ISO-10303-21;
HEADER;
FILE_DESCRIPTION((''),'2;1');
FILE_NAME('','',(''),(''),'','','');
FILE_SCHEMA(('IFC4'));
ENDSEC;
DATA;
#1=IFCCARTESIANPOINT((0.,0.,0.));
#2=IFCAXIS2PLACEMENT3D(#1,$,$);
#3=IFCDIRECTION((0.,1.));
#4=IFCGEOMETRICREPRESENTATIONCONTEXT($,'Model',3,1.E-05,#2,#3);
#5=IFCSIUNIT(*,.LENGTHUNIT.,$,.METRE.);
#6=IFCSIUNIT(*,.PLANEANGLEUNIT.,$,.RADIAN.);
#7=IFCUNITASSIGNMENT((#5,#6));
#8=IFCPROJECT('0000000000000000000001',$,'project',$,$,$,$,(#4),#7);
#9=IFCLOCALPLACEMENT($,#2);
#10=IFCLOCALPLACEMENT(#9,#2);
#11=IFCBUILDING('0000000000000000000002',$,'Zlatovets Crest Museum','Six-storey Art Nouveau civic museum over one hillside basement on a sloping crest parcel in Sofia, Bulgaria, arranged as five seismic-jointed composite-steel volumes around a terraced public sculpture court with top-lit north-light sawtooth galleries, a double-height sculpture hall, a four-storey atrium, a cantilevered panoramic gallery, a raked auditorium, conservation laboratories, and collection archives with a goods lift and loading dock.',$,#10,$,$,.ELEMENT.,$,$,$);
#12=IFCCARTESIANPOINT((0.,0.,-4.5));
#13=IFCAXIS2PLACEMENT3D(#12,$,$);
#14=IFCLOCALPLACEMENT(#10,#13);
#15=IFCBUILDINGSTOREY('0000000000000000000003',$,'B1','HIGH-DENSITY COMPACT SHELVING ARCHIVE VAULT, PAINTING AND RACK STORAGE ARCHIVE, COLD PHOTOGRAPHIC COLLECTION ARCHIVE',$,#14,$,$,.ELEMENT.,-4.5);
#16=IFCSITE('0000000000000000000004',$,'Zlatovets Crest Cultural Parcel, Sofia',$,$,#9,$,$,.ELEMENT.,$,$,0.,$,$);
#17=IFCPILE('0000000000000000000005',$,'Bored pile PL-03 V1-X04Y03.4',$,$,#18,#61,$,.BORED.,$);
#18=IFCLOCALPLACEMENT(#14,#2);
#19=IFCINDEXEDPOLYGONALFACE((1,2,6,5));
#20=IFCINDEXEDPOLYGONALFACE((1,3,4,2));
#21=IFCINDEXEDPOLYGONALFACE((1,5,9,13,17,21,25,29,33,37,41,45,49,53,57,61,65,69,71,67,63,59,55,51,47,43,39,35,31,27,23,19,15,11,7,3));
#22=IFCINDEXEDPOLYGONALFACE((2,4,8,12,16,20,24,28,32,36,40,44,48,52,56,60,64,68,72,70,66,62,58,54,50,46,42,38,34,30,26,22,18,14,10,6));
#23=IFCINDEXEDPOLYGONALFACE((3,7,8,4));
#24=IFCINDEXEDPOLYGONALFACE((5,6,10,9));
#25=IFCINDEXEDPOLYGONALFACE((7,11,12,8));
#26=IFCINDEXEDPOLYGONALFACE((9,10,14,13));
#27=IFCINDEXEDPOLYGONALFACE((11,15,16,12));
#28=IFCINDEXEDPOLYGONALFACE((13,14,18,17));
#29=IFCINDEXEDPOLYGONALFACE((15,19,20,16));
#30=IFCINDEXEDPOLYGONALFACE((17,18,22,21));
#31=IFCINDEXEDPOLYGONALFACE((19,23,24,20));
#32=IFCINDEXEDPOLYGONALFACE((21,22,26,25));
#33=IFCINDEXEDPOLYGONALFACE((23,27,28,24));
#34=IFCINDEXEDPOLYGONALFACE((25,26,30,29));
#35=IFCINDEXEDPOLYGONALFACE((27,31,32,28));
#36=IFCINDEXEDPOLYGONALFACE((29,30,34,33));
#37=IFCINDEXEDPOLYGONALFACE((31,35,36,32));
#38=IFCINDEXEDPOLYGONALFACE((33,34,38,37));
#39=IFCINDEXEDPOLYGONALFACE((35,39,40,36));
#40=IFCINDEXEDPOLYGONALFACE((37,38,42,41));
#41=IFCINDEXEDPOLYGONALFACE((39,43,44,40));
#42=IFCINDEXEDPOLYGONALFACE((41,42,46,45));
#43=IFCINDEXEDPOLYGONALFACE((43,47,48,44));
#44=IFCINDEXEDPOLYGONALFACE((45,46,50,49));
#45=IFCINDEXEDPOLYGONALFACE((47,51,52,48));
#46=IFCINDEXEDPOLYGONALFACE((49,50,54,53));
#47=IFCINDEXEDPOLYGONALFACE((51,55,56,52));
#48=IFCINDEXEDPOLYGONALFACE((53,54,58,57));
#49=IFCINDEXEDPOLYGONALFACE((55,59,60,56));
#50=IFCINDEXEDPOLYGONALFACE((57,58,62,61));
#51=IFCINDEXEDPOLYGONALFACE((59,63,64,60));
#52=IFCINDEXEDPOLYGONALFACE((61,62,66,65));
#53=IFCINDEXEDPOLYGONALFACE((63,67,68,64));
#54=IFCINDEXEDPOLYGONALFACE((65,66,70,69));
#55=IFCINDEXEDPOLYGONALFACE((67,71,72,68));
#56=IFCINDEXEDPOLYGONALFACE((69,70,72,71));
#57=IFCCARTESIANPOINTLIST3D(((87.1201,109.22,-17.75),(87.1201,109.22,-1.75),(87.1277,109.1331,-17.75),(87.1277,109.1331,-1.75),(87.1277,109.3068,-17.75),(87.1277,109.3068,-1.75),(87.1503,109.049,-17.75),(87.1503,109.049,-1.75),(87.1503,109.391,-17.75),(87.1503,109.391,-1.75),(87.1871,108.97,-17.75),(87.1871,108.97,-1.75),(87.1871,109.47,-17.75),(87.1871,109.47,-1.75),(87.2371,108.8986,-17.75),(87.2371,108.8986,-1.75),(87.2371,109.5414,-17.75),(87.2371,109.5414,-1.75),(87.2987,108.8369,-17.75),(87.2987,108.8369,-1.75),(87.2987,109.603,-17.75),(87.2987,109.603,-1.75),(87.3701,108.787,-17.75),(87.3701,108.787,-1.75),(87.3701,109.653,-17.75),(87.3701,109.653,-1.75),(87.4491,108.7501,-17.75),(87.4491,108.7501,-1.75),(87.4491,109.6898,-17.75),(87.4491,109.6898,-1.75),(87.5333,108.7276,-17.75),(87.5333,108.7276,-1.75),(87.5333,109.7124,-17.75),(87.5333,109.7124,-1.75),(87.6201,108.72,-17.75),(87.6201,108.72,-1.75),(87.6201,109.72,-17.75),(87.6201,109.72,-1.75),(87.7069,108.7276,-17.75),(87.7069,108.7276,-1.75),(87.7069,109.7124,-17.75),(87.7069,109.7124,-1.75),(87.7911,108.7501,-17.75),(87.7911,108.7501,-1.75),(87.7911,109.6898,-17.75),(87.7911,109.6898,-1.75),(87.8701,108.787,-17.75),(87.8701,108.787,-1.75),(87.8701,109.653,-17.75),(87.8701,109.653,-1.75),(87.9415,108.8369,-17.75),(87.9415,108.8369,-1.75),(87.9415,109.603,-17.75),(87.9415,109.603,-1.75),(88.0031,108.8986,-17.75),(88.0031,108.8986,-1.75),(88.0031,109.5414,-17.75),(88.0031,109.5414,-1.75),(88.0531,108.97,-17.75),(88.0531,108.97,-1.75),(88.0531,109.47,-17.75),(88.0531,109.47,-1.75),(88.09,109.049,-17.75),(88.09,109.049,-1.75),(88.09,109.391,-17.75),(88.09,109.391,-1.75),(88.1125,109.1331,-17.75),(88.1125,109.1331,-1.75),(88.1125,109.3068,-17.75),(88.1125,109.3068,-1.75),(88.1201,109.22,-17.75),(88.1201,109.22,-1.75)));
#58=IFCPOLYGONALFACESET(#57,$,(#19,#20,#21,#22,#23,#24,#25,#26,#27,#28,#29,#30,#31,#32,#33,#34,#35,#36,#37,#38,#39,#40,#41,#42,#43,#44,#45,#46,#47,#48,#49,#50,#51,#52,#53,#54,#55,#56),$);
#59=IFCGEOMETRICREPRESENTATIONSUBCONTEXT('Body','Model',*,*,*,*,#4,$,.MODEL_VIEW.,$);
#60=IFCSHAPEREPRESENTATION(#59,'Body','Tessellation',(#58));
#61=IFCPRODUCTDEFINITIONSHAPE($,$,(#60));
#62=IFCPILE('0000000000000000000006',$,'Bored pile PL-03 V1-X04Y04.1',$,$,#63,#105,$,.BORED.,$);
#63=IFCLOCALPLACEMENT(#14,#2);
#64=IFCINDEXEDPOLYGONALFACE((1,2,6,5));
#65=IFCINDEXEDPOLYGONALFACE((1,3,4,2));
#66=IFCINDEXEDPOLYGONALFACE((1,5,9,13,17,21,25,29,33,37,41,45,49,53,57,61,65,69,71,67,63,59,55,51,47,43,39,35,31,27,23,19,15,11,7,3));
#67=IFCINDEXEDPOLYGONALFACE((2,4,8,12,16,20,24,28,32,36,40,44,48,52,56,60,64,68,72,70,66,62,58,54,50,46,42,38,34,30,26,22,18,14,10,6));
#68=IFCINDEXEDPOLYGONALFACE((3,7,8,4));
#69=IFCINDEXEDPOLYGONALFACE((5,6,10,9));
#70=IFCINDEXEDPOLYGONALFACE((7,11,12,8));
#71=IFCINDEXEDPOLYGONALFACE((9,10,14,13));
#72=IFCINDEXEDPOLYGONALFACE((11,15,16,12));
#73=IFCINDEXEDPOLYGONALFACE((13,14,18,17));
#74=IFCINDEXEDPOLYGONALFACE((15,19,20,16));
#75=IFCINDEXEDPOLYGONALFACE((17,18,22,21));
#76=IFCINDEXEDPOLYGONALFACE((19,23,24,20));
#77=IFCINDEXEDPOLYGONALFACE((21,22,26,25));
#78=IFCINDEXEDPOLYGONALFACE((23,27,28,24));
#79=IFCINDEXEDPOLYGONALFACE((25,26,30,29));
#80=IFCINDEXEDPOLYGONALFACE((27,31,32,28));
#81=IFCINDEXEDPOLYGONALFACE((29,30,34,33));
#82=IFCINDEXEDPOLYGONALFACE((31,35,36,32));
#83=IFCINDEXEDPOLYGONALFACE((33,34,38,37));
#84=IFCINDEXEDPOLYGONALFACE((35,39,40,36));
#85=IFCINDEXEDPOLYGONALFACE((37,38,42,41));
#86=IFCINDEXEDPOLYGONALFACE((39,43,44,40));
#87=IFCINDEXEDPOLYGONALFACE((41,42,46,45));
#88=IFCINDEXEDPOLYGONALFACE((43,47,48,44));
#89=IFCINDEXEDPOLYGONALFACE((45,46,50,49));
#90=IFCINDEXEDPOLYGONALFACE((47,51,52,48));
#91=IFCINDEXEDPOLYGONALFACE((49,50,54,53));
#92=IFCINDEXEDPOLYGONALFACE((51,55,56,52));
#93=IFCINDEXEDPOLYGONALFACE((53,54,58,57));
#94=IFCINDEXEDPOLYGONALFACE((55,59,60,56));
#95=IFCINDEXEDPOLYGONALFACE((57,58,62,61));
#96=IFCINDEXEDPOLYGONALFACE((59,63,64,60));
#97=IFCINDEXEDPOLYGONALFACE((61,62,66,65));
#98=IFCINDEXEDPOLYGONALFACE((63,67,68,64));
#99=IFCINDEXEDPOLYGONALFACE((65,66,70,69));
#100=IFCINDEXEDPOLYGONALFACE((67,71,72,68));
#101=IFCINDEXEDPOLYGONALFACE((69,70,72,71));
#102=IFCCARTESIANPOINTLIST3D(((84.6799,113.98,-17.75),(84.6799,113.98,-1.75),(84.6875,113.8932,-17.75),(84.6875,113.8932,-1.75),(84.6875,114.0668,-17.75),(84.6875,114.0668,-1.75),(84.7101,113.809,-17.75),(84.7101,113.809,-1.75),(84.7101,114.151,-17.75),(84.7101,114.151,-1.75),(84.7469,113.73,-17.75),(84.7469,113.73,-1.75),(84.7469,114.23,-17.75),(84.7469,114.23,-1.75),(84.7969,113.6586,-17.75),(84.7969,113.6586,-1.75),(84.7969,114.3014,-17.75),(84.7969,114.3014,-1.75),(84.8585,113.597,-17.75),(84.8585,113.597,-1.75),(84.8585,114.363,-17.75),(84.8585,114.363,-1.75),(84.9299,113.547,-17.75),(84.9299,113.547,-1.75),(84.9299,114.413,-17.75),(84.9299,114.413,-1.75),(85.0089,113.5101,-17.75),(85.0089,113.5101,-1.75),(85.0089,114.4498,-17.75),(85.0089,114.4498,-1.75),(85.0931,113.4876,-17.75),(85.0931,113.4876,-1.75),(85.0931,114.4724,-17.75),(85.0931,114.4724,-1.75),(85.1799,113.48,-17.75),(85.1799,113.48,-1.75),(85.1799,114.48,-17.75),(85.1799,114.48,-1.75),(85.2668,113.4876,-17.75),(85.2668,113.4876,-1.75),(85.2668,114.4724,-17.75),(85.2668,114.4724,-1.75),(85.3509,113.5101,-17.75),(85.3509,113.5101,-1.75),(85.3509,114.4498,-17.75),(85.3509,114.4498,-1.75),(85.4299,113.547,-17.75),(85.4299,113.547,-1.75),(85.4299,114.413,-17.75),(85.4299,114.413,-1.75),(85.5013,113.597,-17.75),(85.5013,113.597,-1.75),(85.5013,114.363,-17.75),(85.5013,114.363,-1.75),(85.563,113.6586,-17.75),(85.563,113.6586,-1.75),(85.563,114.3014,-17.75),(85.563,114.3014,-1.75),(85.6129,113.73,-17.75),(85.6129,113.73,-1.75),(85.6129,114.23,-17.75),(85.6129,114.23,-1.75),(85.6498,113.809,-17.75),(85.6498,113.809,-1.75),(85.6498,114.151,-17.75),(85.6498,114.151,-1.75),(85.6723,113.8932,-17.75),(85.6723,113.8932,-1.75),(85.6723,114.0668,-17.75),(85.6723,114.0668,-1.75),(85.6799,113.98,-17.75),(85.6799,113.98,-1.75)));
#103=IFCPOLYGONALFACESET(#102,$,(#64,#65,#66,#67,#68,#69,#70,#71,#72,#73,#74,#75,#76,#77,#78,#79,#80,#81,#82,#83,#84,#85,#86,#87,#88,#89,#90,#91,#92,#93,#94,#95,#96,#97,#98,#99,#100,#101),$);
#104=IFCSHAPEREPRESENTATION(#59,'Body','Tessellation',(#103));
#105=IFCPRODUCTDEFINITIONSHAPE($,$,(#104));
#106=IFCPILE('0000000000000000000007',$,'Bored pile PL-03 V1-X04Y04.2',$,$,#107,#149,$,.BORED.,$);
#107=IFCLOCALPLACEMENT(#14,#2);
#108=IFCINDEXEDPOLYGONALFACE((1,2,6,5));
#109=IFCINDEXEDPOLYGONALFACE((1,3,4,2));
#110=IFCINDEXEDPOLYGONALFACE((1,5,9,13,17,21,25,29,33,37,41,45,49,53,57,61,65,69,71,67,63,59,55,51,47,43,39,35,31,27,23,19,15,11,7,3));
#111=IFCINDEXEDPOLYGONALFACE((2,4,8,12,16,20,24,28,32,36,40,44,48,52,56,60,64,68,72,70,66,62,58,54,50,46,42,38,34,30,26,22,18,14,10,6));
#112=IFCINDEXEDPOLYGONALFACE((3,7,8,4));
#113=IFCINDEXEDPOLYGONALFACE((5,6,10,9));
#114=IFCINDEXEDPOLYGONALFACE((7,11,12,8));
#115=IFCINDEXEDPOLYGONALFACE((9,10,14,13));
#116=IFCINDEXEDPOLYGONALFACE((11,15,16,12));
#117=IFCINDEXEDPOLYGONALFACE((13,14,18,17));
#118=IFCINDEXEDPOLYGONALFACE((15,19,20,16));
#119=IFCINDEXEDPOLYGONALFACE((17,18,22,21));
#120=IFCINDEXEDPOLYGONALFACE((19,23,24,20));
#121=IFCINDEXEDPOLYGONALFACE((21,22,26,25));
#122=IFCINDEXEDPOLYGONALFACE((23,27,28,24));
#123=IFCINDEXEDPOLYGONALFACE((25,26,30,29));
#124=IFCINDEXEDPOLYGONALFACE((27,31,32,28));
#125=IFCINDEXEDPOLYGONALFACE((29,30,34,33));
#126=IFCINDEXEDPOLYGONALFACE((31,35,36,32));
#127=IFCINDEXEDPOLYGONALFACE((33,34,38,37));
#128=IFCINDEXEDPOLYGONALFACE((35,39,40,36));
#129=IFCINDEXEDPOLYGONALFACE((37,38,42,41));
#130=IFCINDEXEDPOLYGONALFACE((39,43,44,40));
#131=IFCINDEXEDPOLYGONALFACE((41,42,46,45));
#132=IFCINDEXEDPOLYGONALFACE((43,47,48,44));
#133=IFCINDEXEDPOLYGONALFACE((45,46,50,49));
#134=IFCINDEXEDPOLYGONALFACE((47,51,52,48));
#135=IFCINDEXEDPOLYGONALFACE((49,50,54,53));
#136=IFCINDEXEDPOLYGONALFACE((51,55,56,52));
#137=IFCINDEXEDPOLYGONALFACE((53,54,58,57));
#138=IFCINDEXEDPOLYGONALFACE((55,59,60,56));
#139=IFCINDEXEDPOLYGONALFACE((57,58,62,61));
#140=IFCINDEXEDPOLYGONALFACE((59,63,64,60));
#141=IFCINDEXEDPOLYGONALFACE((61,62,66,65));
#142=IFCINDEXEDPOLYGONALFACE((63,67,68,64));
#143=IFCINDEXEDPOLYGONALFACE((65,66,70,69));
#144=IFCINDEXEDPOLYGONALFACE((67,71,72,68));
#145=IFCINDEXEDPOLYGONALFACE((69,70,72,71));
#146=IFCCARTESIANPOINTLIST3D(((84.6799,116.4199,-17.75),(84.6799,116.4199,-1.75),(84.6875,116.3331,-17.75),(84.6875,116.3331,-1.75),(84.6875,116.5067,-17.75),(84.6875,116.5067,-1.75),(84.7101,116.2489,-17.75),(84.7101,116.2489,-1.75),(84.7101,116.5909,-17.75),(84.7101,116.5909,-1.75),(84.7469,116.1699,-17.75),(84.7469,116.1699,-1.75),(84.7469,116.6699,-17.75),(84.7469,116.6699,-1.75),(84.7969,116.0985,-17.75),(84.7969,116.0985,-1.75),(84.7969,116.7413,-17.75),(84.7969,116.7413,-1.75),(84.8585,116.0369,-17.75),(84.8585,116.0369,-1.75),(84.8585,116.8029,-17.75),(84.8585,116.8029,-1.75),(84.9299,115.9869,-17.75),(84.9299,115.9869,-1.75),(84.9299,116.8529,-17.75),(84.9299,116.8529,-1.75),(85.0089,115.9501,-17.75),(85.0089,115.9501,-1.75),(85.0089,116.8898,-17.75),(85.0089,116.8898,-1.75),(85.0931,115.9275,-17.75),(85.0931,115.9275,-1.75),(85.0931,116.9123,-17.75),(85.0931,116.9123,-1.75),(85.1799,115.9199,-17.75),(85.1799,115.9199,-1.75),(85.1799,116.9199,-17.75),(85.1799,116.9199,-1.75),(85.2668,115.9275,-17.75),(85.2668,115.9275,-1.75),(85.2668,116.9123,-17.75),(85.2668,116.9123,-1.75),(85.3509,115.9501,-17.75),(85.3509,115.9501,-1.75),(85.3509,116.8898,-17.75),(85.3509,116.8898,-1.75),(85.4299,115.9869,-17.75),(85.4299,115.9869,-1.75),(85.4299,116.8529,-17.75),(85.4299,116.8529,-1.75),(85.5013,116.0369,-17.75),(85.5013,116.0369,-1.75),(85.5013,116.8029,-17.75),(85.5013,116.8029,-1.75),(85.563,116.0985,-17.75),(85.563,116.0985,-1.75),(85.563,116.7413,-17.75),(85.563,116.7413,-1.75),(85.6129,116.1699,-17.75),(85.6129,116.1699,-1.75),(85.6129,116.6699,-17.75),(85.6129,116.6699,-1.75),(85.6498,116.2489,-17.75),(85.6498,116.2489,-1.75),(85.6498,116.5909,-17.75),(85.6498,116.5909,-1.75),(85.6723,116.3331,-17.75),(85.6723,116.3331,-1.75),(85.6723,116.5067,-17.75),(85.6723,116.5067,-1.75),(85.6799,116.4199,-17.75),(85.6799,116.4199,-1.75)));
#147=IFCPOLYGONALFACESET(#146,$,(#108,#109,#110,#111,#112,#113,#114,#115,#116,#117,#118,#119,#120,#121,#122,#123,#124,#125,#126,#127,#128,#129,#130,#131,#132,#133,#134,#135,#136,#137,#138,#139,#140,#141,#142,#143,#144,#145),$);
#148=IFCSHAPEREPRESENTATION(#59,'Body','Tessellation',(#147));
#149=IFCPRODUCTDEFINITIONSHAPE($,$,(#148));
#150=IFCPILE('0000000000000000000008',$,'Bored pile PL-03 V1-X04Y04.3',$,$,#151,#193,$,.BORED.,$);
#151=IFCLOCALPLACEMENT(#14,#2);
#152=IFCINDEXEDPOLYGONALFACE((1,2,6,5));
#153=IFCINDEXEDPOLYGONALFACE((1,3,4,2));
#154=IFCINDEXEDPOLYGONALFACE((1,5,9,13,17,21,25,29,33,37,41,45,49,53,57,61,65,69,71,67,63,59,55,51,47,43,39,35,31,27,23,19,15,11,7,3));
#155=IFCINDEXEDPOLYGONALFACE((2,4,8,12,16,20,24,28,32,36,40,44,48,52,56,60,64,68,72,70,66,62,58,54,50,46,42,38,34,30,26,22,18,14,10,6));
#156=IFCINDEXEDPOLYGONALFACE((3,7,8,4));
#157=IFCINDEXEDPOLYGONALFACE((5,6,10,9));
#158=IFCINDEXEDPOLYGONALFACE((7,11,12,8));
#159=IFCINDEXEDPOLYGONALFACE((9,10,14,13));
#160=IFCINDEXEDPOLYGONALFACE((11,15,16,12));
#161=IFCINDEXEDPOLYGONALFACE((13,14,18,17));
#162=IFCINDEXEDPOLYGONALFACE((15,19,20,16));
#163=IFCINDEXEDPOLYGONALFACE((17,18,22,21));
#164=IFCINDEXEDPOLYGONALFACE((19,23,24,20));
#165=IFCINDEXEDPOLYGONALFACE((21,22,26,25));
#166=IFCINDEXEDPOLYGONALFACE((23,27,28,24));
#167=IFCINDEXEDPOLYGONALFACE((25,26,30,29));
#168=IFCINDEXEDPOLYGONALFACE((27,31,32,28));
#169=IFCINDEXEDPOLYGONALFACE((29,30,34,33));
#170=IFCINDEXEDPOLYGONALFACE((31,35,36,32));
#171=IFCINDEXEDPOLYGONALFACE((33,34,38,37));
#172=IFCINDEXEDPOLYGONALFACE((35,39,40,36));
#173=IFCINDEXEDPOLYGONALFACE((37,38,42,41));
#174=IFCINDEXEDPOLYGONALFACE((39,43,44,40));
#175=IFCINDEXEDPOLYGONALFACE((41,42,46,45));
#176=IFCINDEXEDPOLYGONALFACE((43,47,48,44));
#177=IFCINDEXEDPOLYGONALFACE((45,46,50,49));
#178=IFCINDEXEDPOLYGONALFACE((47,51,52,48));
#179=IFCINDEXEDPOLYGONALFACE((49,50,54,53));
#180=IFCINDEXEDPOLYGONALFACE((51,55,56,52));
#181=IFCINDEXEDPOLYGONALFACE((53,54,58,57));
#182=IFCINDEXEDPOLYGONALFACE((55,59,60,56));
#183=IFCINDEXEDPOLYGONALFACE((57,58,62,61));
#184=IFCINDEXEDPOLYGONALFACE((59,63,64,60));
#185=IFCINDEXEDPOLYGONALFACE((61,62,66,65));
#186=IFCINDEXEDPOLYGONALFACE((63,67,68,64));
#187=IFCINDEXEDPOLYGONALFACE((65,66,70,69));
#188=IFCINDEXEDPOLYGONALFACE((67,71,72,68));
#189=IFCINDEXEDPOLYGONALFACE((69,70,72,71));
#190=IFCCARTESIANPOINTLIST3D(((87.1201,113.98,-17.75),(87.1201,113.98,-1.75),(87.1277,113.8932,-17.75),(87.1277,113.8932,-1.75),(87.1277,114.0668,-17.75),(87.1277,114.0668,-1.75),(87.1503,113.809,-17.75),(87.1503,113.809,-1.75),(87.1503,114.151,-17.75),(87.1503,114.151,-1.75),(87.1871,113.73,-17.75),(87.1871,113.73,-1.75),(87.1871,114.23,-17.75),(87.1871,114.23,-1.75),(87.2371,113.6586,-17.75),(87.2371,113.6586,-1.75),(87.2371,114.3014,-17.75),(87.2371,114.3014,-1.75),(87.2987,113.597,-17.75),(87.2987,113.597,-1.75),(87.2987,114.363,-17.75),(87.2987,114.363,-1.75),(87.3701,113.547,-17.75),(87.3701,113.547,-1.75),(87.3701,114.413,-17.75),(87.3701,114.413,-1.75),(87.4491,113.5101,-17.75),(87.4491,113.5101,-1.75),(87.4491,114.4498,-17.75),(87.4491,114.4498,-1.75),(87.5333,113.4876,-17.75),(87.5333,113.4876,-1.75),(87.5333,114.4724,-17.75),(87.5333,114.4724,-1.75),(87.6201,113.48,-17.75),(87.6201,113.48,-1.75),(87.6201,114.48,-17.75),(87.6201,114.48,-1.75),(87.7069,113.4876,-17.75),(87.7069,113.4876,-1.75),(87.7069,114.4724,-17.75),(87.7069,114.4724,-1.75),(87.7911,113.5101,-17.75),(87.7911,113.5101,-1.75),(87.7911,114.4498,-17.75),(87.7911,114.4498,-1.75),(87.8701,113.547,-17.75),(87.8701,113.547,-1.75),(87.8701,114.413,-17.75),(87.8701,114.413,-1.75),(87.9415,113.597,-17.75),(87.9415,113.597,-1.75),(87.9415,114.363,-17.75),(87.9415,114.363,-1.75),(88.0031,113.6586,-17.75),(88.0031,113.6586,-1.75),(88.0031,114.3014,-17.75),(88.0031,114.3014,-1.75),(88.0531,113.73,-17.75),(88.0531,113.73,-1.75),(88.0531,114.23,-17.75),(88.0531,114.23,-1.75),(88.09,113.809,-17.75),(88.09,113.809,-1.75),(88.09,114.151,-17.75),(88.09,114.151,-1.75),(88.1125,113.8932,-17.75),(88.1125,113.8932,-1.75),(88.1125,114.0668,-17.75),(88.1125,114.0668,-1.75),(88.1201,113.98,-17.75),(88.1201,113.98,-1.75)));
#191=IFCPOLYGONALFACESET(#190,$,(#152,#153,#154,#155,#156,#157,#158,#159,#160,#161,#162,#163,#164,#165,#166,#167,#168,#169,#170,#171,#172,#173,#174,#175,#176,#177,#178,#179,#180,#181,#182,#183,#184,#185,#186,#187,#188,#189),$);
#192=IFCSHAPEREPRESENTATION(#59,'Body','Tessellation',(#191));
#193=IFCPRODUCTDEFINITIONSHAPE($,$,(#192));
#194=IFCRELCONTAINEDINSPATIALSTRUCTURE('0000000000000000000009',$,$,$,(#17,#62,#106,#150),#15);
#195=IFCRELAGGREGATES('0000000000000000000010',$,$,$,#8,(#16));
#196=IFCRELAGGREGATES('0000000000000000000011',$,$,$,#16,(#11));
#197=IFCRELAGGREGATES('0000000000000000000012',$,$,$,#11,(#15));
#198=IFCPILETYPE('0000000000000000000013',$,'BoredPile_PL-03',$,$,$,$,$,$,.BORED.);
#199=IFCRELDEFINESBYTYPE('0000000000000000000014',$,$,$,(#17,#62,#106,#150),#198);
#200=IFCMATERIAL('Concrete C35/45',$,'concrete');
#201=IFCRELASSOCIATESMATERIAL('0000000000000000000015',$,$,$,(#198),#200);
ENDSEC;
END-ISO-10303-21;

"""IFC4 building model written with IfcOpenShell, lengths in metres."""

from ifc_helpers import new_model, si_unit, direction, frame, origin, origin_2d, place, context, subcontext, project, spatial, circle, extrude, material, material_profile, profile_set, type_object, element, save


model = new_model("IFC4")

# Units and contexts
model_context = context("Model", 3, precision=1e-05, world=origin(), true_north=direction((0.0, 1.0)))
body_context = subcontext(model_context, "Body", "Model", "MODEL_VIEW")
ifc_project = project(units=[si_unit("LENGTHUNIT", "METRE"), si_unit("PLANEANGLEUNIT", "RADIAN")], contexts=[model_context])

# Site, building, storey
site_placement = place(None, origin())
site = spatial("IfcSite", under=ifc_project, at=site_placement, Name="Zlatovets Crest Cultural Parcel, Sofia", CompositionType="ELEMENT", RefElevation=0.0)
building_placement = place(site_placement, origin())
building = spatial("IfcBuilding", under=site, at=building_placement, Name="Zlatovets Crest Museum", Description="Six-storey Art Nouveau civic museum over one hillside basement on a sloping crest parcel in Sofia, Bulgaria, arranged as five seismic-jointed composite-steel volumes around a terraced public sculpture court with top-lit north-light sawtooth galleries, a double-height sculpture hall, a four-storey atrium, a cantilevered panoramic gallery, a raked auditorium, conservation laboratories, and collection archives with a goods lift and loading dock.", CompositionType="ELEMENT")
storey_placement = place(building_placement, frame((0.0, 0.0, -4.5)))
storey = spatial("IfcBuildingStorey", under=building, at=storey_placement, Name="B1", Description="HIGH-DENSITY COMPACT SHELVING ARCHIVE VAULT, PAINTING AND RACK STORAGE ARCHIVE, COLD PHOTOGRAPHIC COLLECTION ARCHIVE", CompositionType="ELEMENT", Elevation=-4.5)

# Piles
ifc_material = material(Name="Concrete C35/45", Category="concrete")
ifc_material_profile_1 = material_profile(ifc_material, circle(Radius=0.5, at=origin_2d()), Name="PILE D1000")
ifc_profile_set_1 = profile_set([ifc_material_profile_1], Name="Concrete C35/45")
pile_type = type_object("IfcPileType", Name="BoredPile_PL-03", PredefinedType="BORED", material=ifc_profile_set_1)
for number, where, z_axis, x_axis, name in (
    (1, (87.6201, 109.22, -1.75), (0.0, 0.0, -1.0), (1.0, 0.0, 0.0), "Bored pile PL-03 V1-X04Y03.4"),
    (2, (85.1799, 113.98, -1.75), (0.0, 0.0, -1.0), (1.0, 0.0, 0.0), "Bored pile PL-03 V1-X04Y04.1"),
    (3, (85.1799, 116.4199, -1.75), (0.0, 0.0, -1.0), (1.0, 0.0, 0.0), "Bored pile PL-03 V1-X04Y04.2"),
    (4, (87.6201, 113.98, -1.75), (0.0, 0.0, -1.0), (1.0, 0.0, 0.0), "Bored pile PL-03 V1-X04Y04.3"),
):
    element("IfcPile", number, at=place(storey_placement, frame(where, z_axis=z_axis, x_axis=x_axis)), inside=storey, type_object=pile_type, Name=name, PredefinedType="BORED", context=body_context, shape_type="SweptSolid", body=[
        extrude(circle(Radius=0.5, at=origin_2d()), origin(), (0.0, 0.0, 1.0), 16.0),
    ])

save(model, "model.ifc")
